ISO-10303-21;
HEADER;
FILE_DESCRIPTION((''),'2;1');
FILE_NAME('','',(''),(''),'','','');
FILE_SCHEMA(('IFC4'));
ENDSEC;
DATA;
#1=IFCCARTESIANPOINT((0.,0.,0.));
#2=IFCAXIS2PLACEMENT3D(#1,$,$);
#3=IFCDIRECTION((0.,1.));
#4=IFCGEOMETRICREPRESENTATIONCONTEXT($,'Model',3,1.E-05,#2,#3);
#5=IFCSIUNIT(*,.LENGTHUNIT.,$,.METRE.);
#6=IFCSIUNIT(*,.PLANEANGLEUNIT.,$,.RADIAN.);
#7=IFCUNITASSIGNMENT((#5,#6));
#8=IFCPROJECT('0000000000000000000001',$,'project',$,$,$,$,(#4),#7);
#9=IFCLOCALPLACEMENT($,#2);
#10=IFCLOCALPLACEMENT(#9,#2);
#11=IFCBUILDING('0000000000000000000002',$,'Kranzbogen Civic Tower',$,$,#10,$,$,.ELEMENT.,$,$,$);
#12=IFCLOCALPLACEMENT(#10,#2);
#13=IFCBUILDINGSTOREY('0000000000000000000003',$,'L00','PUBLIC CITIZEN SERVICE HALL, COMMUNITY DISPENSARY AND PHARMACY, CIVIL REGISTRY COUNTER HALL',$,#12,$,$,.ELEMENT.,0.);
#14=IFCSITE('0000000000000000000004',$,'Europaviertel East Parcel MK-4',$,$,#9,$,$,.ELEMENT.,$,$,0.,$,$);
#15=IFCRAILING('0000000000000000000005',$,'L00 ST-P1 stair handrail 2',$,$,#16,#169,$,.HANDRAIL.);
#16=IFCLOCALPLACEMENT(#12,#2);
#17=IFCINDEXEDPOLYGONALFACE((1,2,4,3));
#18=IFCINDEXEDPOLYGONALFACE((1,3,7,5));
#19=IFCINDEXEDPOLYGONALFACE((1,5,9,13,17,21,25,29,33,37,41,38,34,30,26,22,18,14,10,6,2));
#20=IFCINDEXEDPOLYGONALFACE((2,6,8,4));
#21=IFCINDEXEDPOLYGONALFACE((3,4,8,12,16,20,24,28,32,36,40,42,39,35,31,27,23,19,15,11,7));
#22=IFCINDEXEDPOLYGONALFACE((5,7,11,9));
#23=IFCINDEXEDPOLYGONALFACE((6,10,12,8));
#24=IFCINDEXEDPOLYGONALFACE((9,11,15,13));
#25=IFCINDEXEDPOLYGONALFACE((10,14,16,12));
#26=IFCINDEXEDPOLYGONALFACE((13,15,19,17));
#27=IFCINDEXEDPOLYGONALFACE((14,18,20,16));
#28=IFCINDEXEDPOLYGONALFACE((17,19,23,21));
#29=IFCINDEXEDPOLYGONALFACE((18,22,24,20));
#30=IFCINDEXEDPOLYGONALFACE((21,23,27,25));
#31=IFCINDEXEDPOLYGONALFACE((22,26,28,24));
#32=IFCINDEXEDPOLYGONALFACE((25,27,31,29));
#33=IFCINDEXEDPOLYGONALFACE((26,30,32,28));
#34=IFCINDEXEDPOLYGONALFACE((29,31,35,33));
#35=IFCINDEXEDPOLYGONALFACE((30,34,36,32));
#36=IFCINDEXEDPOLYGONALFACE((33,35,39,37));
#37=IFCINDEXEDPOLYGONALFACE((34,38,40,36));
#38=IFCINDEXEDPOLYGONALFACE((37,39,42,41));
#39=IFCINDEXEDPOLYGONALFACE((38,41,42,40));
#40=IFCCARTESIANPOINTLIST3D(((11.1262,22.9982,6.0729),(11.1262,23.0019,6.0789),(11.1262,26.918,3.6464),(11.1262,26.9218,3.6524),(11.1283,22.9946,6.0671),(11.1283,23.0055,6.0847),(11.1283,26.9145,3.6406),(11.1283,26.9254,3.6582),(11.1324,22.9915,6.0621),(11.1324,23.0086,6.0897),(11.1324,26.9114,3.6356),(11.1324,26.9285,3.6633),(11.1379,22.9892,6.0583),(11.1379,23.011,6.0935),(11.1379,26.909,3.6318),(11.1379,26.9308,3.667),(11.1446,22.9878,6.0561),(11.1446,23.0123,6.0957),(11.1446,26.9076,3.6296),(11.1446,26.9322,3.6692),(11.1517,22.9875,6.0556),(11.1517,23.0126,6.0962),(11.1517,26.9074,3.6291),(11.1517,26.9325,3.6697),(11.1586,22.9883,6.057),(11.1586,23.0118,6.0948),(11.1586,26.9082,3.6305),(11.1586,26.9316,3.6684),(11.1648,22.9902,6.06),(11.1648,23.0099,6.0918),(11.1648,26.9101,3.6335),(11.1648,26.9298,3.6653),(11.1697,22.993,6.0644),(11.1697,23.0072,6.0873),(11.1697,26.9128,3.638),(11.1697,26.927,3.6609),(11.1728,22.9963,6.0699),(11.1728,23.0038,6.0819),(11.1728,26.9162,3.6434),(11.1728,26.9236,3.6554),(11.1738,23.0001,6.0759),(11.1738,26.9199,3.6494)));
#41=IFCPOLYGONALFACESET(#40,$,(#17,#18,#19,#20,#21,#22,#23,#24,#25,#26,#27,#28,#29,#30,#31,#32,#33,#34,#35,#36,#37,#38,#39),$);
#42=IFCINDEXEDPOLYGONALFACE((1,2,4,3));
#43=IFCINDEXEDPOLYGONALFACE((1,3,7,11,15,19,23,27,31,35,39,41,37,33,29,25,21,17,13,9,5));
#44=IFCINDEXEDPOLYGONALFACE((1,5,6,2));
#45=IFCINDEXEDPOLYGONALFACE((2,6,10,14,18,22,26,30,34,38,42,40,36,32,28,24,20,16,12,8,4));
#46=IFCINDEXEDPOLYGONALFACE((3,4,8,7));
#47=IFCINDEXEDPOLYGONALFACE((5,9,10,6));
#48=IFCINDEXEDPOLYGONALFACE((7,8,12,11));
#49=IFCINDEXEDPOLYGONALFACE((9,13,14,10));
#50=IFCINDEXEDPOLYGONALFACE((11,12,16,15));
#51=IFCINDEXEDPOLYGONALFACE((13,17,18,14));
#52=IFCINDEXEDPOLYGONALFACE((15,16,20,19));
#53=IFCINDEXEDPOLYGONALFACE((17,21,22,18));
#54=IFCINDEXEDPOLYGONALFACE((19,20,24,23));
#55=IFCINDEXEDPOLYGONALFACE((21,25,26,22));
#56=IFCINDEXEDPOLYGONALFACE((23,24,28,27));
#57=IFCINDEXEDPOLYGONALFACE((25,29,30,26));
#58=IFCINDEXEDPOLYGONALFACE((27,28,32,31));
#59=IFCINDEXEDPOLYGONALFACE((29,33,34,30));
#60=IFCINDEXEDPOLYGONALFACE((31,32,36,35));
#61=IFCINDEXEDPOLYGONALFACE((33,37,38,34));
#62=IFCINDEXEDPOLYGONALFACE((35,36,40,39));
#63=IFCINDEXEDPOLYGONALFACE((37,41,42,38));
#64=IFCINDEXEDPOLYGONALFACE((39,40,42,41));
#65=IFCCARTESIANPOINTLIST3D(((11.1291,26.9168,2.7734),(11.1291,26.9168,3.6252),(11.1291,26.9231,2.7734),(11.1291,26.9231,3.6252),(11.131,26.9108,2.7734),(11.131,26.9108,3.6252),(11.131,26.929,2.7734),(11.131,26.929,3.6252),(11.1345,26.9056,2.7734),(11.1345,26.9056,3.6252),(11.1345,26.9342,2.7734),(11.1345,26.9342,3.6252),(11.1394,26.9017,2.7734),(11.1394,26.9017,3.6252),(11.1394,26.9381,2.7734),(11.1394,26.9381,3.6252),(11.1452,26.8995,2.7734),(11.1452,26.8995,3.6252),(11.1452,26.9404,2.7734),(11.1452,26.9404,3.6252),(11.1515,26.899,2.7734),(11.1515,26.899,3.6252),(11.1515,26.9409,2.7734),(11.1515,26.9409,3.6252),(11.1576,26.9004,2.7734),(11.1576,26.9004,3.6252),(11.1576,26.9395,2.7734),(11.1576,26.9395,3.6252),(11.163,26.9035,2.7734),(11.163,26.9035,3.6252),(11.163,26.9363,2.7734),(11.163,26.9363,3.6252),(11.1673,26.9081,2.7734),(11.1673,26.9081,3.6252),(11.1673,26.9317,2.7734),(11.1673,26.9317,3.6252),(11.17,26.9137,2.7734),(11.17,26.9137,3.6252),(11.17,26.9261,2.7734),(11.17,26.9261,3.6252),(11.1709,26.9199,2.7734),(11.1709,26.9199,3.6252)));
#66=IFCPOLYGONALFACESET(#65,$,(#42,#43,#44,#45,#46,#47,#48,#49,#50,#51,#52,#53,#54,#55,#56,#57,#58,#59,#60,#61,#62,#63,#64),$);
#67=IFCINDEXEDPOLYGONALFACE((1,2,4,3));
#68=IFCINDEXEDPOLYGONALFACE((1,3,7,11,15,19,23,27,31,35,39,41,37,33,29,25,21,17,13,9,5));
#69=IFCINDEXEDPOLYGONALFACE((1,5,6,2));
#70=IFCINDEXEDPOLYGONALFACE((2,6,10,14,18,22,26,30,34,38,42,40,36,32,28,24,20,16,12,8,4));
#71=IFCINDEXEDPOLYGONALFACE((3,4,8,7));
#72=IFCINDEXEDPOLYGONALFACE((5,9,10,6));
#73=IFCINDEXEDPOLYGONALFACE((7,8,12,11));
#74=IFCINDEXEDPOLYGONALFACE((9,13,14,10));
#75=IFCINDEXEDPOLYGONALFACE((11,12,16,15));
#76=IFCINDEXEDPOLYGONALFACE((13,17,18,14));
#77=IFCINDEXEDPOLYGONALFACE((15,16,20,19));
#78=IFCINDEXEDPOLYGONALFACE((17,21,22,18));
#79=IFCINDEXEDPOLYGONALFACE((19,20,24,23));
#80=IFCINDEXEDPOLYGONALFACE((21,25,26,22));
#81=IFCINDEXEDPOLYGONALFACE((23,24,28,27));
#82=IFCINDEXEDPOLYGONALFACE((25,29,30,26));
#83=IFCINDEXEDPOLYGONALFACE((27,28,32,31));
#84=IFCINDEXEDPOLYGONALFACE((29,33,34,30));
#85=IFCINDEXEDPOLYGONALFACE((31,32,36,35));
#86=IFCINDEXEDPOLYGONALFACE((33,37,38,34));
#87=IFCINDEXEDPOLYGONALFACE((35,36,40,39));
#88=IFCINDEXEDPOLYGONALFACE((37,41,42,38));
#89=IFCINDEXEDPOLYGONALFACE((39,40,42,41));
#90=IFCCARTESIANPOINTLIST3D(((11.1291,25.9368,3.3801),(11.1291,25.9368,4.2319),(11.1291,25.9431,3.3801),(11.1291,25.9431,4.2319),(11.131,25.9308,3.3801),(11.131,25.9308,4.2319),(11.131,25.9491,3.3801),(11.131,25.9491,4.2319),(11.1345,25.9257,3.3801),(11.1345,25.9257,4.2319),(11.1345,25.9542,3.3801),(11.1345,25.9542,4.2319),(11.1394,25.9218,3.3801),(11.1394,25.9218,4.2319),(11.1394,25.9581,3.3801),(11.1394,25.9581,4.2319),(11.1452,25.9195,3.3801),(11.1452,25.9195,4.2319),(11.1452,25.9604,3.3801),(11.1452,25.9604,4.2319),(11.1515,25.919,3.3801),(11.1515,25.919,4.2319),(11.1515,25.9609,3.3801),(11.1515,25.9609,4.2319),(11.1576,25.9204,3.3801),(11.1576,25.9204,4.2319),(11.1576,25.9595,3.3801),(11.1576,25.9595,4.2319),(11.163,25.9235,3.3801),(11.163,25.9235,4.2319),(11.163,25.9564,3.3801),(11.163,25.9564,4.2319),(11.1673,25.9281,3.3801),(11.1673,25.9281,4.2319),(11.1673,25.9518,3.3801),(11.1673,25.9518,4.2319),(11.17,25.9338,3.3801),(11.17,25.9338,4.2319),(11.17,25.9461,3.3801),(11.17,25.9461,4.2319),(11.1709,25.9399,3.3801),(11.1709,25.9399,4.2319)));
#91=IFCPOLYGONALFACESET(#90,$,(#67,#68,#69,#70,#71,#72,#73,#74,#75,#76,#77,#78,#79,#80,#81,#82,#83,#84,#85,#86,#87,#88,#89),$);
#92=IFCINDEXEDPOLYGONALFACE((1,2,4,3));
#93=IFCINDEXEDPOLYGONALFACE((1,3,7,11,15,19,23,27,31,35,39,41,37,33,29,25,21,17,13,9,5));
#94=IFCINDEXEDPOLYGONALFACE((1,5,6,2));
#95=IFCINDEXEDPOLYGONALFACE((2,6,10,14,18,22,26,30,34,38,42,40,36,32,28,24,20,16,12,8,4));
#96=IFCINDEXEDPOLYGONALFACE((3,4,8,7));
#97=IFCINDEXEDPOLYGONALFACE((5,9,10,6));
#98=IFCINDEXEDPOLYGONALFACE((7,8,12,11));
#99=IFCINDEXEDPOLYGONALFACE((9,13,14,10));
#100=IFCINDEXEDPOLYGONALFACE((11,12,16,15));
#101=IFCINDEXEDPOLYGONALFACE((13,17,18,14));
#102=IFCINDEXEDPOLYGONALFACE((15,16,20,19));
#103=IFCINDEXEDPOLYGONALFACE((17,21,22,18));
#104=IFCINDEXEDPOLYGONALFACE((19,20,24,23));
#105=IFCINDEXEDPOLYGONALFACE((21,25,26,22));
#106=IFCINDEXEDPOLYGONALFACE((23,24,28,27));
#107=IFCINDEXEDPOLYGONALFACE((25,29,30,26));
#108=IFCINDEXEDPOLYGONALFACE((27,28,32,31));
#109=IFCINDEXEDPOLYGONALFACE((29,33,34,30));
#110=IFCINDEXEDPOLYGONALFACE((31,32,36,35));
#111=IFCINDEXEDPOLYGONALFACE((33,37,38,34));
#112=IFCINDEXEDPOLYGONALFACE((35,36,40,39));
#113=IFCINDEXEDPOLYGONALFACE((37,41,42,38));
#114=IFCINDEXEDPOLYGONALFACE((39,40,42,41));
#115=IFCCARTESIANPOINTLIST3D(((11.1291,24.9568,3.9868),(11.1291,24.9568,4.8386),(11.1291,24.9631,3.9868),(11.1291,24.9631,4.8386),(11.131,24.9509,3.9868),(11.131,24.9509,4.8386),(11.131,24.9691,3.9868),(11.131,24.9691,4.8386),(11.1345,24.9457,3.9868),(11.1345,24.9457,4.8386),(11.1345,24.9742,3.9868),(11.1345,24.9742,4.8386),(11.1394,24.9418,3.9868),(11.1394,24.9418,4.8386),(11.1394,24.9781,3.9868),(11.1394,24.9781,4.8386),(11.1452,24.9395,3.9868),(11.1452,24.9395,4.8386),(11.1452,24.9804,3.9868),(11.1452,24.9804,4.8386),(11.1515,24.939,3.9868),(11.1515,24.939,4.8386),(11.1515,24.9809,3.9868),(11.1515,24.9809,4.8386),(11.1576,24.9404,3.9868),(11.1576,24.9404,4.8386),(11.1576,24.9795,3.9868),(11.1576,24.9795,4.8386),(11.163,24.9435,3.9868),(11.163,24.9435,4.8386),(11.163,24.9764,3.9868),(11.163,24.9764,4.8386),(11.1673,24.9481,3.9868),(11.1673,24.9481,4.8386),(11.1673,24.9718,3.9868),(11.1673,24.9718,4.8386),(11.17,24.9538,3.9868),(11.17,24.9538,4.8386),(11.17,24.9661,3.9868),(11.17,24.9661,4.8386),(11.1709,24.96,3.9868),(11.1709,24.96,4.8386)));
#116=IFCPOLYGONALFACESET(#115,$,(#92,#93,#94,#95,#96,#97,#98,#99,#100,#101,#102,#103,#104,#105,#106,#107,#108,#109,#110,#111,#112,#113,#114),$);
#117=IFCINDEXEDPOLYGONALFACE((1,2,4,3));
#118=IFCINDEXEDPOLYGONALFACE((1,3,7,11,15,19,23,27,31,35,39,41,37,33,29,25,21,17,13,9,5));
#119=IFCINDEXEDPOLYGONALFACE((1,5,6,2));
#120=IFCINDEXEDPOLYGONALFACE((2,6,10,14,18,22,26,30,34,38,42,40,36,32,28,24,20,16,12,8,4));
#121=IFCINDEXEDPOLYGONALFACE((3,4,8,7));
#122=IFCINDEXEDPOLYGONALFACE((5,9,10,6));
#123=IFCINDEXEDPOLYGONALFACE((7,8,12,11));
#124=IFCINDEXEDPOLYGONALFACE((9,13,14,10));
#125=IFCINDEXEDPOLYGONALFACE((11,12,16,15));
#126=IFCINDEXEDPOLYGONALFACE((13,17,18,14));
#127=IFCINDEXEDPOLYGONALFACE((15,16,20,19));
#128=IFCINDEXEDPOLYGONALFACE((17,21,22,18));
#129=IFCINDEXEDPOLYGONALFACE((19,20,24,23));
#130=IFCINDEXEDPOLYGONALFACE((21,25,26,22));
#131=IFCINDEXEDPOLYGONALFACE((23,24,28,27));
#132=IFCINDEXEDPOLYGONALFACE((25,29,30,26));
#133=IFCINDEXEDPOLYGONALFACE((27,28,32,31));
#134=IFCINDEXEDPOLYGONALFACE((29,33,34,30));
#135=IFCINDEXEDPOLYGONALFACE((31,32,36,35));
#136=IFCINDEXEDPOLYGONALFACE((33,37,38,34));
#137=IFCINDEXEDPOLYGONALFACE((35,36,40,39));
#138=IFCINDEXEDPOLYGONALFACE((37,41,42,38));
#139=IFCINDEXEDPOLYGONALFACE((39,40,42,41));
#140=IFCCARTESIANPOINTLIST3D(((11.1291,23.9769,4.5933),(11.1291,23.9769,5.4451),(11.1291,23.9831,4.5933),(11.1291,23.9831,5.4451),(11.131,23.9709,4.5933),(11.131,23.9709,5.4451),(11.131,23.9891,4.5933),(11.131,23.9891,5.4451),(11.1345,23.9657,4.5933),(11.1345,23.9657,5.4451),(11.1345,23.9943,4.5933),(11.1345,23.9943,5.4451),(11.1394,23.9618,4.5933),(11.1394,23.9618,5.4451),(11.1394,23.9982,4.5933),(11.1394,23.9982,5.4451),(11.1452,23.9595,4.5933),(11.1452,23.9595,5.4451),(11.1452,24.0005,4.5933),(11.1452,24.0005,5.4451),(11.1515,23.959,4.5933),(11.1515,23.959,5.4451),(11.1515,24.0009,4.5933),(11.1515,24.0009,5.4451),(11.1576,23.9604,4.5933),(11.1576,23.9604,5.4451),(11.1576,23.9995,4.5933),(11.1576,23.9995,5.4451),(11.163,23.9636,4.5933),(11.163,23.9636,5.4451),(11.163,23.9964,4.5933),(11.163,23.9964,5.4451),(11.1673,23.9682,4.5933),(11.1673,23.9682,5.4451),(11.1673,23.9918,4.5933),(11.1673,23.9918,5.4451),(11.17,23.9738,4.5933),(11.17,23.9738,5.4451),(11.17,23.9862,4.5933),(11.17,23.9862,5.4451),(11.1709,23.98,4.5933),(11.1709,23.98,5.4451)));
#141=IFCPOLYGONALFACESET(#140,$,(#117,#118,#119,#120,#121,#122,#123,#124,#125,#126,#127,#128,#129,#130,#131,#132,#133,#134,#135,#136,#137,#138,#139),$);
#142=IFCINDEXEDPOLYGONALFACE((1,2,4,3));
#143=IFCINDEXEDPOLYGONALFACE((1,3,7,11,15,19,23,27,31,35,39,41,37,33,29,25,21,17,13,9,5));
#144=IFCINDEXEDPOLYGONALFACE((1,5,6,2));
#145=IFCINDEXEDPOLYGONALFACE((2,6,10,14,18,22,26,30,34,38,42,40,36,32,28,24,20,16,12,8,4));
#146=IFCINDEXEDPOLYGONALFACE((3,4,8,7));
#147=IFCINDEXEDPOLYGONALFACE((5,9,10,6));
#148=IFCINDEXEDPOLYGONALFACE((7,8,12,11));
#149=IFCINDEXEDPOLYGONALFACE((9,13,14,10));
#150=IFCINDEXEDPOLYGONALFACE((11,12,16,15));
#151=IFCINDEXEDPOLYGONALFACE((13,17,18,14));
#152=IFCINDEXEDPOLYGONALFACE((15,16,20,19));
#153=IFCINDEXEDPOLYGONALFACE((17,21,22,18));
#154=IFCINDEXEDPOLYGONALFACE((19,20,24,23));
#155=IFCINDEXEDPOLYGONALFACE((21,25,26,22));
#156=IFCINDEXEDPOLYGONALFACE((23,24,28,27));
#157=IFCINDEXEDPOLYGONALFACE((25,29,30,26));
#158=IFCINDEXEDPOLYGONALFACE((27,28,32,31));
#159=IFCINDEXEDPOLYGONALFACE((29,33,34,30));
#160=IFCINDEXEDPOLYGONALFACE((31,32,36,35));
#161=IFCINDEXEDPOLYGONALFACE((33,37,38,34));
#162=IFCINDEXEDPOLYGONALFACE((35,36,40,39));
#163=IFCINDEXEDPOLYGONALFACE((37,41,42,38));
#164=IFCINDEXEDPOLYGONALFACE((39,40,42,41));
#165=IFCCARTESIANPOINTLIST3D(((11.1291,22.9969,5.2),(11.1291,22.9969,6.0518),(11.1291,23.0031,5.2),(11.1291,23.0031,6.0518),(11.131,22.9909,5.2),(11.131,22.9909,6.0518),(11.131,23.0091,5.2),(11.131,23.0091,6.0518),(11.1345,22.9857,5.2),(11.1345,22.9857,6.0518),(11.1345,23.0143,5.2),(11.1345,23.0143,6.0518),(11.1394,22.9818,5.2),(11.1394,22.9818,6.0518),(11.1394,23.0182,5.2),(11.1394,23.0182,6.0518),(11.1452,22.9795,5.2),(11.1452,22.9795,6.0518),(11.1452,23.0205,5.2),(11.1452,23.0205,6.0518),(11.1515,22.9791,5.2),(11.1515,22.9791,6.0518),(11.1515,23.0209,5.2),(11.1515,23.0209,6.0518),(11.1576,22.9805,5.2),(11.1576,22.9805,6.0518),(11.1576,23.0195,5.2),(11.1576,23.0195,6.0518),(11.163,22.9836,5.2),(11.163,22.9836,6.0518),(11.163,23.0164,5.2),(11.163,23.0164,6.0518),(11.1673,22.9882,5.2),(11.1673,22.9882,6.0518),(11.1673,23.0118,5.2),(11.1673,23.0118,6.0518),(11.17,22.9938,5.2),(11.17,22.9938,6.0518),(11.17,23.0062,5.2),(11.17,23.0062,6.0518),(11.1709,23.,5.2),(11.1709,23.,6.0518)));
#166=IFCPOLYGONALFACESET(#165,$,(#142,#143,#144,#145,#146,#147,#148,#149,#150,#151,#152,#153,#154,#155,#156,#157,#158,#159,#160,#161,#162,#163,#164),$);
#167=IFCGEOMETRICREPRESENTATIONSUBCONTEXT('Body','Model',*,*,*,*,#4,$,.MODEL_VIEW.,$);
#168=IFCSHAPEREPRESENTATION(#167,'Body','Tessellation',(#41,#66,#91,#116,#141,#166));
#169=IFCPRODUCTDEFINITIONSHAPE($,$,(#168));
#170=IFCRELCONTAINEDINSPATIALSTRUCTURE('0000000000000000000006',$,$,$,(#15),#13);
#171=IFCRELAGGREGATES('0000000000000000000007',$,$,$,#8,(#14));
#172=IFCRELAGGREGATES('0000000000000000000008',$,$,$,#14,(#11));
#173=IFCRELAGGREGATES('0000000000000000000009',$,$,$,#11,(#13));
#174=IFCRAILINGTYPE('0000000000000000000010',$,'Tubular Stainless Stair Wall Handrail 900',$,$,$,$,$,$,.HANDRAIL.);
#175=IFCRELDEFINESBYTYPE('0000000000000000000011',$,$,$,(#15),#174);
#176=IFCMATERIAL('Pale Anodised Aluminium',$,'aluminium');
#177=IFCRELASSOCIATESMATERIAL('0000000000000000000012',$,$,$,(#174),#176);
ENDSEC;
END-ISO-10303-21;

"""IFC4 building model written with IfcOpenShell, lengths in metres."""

from ifc_helpers import new_model, si_unit, direction, frame, origin, origin_2d, place, context, subcontext, project, spatial, circle, extrude, material, type_object, element, save


model = new_model("IFC4")

# Units and contexts
model_context = context("Model", 3, precision=1e-05, world=origin(), true_north=direction((0.0, 1.0)))
body_context = subcontext(model_context, "Body", "Model", "MODEL_VIEW")
ifc_project = project(units=[si_unit("LENGTHUNIT", "METRE"), si_unit("PLANEANGLEUNIT", "RADIAN")], contexts=[model_context])

# Site, building, storey
site_placement = place(None, origin())
site = spatial("IfcSite", under=ifc_project, at=site_placement, Name="Europaviertel East Parcel MK-4", CompositionType="ELEMENT", RefElevation=0.0)
building_placement = place(site_placement, origin())
building = spatial("IfcBuilding", under=site, at=building_placement, Name="Kranzbogen Civic Tower", CompositionType="ELEMENT")
storey_placement = place(building_placement, origin())
storey = spatial("IfcBuildingStorey", under=building, at=storey_placement, Name="L00", Description="PUBLIC CITIZEN SERVICE HALL, COMMUNITY DISPENSARY AND PHARMACY, CIVIL REGISTRY COUNTER HALL", CompositionType="ELEMENT", Elevation=0.0)

# Railing
ifc_material_1 = material(Name="Pale Anodised Aluminium", Category="aluminium")
railing_type_1 = type_object("IfcRailingType", Name="Tubular Stainless Stair Wall Handrail 900", PredefinedType="HANDRAIL", material=ifc_material_1)
for number, where, name in (
    (1, (11.1499, 26.9199, 2.7734), "L00 ST-P1 stair handrail 2"),
):
    element("IfcRailing", number, at=place(storey_placement, frame(where)), inside=storey, type_object=railing_type_1, Name=name, PredefinedType="HANDRAIL", context=body_context, shape_type="SweptSolid", body=[
        extrude(circle(Radius=0.0239, at=origin_2d()), frame((0.0, 0.0, 0.876), z_axis=(0.0, -0.850275, 0.526338), x_axis=(1.0, 0.0, 0.0)), (0.0, 0.0, 1.0), 4.6101),
        extrude(circle(Radius=0.021, at=origin_2d()), origin(), (0.0, 0.0, 1.0), 0.8518),
        extrude(circle(Radius=0.021, at=origin_2d()), frame((0.0, -0.98, 0.6067)), (0.0, 0.0, 1.0), 0.8518),
        extrude(circle(Radius=0.021, at=origin_2d()), frame((0.0, -1.96, 1.2134)), (0.0, 0.0, 1.0), 0.8518),
        extrude(circle(Radius=0.021, at=origin_2d()), frame((0.0, -2.9399, 1.8198)), (0.0, 0.0, 1.0), 0.8518),
        extrude(circle(Radius=0.021, at=origin_2d()), frame((0.0, -3.9199, 2.4265)), (0.0, 0.0, 1.0), 0.8518),
    ])

save(model, "model.ifc")
